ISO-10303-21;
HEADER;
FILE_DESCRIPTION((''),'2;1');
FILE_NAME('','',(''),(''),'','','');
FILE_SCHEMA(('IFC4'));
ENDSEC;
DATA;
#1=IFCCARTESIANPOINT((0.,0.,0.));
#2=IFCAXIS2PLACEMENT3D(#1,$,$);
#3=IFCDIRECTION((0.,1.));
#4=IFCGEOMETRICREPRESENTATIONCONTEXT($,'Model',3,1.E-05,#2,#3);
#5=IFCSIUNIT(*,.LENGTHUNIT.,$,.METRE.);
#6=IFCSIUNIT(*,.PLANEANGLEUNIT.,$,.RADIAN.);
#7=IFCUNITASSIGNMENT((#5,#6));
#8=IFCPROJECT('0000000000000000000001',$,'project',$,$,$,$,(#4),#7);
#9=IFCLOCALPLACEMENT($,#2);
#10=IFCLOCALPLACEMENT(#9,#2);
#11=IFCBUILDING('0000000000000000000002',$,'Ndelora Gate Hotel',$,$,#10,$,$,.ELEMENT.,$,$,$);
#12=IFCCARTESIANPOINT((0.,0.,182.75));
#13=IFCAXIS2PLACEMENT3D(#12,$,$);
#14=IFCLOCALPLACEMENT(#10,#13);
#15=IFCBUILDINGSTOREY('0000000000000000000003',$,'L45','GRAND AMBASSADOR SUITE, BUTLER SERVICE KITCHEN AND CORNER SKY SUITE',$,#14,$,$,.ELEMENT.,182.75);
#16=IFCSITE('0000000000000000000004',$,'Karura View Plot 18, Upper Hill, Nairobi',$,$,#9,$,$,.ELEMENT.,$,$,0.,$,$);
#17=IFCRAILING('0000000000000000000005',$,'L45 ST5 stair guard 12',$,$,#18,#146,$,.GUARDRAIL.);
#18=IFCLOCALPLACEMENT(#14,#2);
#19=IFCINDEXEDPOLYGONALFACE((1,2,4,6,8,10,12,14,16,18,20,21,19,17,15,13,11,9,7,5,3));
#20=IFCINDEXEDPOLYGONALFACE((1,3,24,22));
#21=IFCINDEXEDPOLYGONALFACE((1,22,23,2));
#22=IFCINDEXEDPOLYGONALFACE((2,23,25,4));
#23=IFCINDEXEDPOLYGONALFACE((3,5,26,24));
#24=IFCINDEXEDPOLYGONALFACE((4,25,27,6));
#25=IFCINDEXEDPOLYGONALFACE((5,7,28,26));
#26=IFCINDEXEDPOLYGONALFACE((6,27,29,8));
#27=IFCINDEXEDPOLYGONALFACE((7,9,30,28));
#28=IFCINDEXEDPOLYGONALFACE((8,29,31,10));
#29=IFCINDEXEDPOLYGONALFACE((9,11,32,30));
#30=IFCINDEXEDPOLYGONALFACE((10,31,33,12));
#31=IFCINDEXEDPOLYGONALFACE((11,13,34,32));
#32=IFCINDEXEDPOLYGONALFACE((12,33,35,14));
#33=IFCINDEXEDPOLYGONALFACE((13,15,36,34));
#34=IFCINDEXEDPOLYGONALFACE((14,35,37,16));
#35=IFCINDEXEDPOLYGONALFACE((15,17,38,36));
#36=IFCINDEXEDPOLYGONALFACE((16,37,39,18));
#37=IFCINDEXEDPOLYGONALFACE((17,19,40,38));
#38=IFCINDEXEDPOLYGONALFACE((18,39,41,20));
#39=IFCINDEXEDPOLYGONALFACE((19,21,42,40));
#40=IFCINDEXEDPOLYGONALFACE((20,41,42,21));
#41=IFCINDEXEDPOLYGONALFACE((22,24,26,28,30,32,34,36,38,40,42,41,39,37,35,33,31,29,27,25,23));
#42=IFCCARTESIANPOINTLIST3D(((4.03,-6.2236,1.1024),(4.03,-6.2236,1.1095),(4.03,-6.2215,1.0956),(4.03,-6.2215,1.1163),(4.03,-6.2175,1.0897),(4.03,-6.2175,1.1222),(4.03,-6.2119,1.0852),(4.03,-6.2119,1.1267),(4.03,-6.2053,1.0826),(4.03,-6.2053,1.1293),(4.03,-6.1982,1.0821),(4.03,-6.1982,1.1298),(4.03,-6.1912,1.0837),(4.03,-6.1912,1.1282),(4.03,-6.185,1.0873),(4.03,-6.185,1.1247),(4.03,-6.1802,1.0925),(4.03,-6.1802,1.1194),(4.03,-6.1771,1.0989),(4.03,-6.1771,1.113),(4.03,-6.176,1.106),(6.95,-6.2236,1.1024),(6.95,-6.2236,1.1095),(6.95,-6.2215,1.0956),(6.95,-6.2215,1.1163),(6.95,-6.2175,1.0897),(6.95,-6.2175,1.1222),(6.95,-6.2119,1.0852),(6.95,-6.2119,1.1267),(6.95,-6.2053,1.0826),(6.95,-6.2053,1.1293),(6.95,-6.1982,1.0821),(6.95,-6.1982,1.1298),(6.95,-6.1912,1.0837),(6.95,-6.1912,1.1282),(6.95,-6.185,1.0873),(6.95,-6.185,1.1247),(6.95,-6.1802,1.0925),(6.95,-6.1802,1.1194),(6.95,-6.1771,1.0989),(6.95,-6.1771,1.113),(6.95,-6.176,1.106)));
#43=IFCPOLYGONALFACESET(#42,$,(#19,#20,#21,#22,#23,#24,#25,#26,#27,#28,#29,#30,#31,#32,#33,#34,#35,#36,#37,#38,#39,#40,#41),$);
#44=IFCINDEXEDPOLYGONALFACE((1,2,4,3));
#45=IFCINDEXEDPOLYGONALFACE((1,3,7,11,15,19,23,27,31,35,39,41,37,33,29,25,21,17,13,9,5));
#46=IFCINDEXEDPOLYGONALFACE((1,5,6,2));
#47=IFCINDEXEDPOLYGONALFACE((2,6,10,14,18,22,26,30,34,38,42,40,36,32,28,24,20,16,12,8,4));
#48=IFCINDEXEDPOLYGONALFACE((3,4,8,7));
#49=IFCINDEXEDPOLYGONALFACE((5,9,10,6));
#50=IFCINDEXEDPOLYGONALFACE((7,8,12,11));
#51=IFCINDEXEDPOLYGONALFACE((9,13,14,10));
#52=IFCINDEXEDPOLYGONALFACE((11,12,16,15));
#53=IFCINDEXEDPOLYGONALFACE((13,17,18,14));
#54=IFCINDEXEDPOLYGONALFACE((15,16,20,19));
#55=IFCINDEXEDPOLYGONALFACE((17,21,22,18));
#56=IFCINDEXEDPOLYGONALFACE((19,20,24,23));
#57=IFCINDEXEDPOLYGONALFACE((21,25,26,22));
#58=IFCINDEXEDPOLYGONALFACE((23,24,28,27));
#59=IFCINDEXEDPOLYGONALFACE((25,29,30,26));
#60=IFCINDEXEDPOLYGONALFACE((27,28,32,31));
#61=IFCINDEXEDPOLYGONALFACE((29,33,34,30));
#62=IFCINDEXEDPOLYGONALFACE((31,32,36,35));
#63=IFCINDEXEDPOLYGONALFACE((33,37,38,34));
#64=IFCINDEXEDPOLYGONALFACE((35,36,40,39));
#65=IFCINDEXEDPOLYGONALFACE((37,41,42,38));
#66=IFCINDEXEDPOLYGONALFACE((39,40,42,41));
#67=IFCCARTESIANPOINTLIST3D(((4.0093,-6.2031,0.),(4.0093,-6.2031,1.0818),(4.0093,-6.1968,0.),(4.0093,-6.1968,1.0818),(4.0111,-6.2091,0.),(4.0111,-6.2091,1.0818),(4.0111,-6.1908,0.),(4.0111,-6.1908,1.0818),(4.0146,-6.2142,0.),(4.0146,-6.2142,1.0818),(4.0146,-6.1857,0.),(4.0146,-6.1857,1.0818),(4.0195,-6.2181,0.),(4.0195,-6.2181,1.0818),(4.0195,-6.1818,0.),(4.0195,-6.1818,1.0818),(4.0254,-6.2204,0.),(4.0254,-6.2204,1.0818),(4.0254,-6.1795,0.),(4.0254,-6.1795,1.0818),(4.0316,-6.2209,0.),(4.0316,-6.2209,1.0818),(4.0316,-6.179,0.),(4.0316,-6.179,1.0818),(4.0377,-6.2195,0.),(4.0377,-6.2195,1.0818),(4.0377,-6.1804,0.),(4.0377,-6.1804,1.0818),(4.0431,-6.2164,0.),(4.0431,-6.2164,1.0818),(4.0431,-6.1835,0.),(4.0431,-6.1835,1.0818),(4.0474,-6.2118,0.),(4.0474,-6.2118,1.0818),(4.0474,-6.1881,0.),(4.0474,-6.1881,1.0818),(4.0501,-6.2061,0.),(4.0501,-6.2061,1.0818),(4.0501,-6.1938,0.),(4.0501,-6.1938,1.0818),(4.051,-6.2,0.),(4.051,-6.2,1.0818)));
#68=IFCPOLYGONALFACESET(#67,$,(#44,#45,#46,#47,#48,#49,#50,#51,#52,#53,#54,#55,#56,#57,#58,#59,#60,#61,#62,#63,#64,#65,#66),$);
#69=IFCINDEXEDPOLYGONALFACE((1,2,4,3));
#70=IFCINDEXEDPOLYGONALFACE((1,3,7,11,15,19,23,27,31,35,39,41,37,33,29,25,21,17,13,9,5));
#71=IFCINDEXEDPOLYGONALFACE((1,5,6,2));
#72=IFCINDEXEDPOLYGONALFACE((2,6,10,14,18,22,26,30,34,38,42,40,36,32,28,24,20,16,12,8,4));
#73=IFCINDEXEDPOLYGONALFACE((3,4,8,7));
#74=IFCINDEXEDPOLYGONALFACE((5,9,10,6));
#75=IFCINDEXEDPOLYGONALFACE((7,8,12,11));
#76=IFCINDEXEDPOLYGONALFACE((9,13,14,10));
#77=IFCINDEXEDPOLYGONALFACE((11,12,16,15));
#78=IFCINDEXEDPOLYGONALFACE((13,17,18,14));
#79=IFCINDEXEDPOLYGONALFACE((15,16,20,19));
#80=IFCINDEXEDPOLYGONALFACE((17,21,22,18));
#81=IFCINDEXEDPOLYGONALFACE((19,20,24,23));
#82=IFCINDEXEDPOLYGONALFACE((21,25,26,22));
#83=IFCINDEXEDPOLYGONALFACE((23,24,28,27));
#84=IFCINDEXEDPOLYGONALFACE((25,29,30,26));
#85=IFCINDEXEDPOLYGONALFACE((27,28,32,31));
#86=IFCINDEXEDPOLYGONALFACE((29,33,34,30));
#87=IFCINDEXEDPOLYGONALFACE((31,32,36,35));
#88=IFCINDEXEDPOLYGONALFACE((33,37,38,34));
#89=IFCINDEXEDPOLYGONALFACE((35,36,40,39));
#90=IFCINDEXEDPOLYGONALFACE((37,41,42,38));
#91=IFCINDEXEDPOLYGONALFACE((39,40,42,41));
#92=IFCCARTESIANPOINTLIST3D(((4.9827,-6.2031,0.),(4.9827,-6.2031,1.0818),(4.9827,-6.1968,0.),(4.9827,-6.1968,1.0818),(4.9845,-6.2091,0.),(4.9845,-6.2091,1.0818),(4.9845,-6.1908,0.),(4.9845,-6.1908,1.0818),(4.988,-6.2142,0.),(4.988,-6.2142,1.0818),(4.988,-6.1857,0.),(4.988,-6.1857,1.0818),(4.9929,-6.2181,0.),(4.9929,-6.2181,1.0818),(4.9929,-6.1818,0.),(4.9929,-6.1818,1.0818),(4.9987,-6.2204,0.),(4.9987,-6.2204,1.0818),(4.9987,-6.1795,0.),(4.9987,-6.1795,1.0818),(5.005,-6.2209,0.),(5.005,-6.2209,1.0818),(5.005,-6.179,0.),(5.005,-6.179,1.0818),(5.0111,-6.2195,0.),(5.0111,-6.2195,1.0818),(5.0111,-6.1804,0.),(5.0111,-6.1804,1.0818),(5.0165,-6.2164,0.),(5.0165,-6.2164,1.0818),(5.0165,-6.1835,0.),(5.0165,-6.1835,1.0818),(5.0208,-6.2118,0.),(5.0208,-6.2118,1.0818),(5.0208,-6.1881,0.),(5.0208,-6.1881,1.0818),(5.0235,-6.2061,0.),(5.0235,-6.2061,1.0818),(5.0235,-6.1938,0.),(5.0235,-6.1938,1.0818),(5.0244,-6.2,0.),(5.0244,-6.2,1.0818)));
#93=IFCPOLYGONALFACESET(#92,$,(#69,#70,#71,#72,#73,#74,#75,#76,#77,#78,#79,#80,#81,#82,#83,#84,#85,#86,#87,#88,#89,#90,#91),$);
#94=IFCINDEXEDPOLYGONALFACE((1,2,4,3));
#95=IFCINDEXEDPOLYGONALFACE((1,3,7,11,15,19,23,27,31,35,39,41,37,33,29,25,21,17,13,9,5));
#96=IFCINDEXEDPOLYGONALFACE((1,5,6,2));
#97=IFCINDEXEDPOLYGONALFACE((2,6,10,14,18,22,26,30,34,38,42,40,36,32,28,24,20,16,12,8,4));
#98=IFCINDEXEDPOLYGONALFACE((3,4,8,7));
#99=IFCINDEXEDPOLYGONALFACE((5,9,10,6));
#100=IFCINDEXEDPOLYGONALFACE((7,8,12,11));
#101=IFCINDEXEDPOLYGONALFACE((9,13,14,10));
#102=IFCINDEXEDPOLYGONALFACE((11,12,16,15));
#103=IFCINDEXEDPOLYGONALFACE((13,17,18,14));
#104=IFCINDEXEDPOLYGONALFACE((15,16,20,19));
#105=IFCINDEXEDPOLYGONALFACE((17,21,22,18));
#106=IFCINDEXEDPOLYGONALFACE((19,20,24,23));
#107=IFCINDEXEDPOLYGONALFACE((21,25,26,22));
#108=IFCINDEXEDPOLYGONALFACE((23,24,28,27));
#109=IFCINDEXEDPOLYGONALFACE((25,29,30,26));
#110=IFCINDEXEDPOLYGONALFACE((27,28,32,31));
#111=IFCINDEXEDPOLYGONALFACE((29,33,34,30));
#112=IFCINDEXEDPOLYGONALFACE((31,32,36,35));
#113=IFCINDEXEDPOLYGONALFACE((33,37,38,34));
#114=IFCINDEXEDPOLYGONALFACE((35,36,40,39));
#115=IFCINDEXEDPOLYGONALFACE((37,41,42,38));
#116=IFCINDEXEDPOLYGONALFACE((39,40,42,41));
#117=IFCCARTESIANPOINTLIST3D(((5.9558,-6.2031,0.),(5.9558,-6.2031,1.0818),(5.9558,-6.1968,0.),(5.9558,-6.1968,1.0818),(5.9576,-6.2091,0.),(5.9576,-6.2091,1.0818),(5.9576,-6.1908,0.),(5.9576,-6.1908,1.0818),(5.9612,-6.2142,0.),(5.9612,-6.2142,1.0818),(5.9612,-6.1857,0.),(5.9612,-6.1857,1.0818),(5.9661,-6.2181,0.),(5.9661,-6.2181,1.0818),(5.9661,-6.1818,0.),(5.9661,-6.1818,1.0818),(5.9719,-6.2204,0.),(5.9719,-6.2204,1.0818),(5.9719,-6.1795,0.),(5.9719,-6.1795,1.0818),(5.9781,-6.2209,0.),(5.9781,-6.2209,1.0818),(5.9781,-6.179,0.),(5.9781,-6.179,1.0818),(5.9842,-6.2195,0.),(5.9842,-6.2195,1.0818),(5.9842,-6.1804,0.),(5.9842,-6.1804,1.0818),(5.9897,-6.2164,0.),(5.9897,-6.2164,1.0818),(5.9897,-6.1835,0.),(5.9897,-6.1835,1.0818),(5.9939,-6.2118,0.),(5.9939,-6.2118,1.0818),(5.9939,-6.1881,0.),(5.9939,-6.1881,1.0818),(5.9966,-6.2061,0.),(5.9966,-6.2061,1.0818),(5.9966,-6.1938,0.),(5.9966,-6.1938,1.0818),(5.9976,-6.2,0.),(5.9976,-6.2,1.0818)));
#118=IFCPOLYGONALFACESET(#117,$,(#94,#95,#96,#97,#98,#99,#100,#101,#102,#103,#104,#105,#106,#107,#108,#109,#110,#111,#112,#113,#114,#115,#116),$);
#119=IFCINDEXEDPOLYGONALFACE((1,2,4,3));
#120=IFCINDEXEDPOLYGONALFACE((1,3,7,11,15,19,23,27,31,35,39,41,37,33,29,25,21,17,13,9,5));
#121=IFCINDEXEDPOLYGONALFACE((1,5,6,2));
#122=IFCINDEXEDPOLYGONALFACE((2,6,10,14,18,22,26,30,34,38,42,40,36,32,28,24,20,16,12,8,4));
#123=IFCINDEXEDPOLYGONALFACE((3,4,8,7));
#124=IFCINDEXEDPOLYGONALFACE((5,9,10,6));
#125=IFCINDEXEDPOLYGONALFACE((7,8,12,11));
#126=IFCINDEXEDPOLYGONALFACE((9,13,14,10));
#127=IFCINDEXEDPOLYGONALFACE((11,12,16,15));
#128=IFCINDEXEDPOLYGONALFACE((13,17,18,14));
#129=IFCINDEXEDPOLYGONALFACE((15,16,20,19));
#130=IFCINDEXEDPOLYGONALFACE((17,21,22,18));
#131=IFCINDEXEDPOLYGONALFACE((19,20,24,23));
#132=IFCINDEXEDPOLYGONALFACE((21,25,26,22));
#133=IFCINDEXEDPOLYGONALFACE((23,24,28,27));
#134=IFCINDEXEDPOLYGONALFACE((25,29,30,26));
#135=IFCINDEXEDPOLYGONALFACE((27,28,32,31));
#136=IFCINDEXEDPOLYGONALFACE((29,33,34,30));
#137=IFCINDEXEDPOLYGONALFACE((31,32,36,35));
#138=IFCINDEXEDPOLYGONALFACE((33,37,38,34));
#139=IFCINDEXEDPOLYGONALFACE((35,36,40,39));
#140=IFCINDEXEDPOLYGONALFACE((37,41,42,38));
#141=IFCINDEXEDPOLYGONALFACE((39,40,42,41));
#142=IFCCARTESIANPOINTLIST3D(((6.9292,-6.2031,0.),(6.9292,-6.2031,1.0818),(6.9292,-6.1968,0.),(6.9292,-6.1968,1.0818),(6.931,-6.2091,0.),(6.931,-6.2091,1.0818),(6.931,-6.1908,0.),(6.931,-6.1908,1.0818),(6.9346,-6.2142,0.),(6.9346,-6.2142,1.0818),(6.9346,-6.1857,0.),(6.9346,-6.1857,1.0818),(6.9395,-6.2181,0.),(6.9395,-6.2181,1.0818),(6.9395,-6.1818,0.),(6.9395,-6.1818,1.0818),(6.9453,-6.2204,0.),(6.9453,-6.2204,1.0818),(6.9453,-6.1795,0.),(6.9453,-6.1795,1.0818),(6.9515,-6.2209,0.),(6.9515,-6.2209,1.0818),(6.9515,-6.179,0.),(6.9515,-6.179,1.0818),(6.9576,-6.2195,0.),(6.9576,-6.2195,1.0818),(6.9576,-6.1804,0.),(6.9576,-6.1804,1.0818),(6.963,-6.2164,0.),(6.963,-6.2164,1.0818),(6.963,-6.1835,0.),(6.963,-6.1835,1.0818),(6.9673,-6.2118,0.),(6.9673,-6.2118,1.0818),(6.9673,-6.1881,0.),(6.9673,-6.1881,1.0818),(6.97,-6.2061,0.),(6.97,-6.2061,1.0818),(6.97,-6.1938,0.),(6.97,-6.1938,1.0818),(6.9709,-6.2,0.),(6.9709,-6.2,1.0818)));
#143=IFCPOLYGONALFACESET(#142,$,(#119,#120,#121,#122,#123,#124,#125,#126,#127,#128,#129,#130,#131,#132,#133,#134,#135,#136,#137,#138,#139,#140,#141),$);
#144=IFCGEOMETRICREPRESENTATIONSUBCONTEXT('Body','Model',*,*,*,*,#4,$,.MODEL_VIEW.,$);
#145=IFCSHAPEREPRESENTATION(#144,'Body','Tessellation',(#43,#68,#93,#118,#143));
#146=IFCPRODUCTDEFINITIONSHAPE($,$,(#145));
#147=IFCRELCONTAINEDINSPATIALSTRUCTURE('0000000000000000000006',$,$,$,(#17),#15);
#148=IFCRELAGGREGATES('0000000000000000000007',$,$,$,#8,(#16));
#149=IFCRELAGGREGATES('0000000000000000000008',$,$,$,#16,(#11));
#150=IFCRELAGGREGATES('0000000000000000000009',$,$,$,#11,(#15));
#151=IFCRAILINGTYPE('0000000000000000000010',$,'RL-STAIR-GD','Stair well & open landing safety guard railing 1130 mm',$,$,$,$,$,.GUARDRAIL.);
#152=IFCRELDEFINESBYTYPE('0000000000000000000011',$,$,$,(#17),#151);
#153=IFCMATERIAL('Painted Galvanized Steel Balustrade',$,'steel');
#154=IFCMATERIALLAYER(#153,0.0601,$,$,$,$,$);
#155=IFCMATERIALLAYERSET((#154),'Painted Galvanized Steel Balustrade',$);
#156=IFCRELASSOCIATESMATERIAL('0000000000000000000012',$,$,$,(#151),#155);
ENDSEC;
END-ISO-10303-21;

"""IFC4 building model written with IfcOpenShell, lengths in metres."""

from ifc_helpers import new_model, si_unit, direction, frame, origin, origin_2d, place, context, subcontext, project, spatial, circle, extrude, material, layer, layer_set, type_object, element, save


model = new_model("IFC4")

# Units and contexts
model_context = context("Model", 3, precision=1e-05, world=origin(), true_north=direction((0.0, 1.0)))
body_context = subcontext(model_context, "Body", "Model", "MODEL_VIEW")
ifc_project = project(units=[si_unit("LENGTHUNIT", "METRE"), si_unit("PLANEANGLEUNIT", "RADIAN")], contexts=[model_context])

# Site, building, storey
site_placement = place(None, origin())
site = spatial("IfcSite", under=ifc_project, at=site_placement, Name="Karura View Plot 18, Upper Hill, Nairobi", CompositionType="ELEMENT", RefElevation=0.0)
building_placement = place(site_placement, origin())
building = spatial("IfcBuilding", under=site, at=building_placement, Name="Ndelora Gate Hotel", CompositionType="ELEMENT")
storey_placement = place(building_placement, frame((0.0, 0.0, 182.75)))
storey = spatial("IfcBuildingStorey", under=building, at=storey_placement, Name="L45", Description="GRAND AMBASSADOR SUITE, BUTLER SERVICE KITCHEN AND CORNER SKY SUITE", CompositionType="ELEMENT", Elevation=182.75)

# Railing
ifc_material_1 = material(Name="Painted Galvanized Steel Balustrade", Category="steel")
ifc_layer_1 = layer(ifc_material_1, 0.0601)
ifc_layer_set_1 = layer_set([ifc_layer_1], Name="Painted Galvanized Steel Balustrade")
railing_type_1 = type_object("IfcRailingType", Name="RL-STAIR-GD", Description="Stair well & open landing safety guard railing 1130 mm", PredefinedType="GUARDRAIL", material=ifc_layer_set_1)
railing_1_placement = place(storey_placement, frame((4.03, -6.2, 0.0)))
element("IfcRailing", 1, at=railing_1_placement, inside=storey, type_object=railing_type_1, Name="L45 ST5 stair guard 12", PredefinedType="GUARDRAIL", context=body_context, shape_type="SweptSolid", body=[
    extrude(circle(Radius=0.0239, at=origin_2d()), frame((0.0, 0.0, 1.106), z_axis=(1.0, 0.0, 0.0), x_axis=(0.0, 1.0, 0.0)), (0.0, 0.0, 1.0), 2.9199),
    extrude(circle(Radius=0.021, at=origin_2d()), origin(), (0.0, 0.0, 1.0), 1.0818),
    extrude(circle(Radius=0.021, at=origin_2d()), frame((0.9734, 0.0, 0.0)), (0.0, 0.0, 1.0), 1.0818),
    extrude(circle(Radius=0.021, at=origin_2d()), frame((1.9465, 0.0, 0.0)), (0.0, 0.0, 1.0), 1.0818),
    extrude(circle(Radius=0.021, at=origin_2d()), frame((2.9199, 0.0, 0.0)), (0.0, 0.0, 1.0), 1.0818),
])

save(model, "model.ifc")
